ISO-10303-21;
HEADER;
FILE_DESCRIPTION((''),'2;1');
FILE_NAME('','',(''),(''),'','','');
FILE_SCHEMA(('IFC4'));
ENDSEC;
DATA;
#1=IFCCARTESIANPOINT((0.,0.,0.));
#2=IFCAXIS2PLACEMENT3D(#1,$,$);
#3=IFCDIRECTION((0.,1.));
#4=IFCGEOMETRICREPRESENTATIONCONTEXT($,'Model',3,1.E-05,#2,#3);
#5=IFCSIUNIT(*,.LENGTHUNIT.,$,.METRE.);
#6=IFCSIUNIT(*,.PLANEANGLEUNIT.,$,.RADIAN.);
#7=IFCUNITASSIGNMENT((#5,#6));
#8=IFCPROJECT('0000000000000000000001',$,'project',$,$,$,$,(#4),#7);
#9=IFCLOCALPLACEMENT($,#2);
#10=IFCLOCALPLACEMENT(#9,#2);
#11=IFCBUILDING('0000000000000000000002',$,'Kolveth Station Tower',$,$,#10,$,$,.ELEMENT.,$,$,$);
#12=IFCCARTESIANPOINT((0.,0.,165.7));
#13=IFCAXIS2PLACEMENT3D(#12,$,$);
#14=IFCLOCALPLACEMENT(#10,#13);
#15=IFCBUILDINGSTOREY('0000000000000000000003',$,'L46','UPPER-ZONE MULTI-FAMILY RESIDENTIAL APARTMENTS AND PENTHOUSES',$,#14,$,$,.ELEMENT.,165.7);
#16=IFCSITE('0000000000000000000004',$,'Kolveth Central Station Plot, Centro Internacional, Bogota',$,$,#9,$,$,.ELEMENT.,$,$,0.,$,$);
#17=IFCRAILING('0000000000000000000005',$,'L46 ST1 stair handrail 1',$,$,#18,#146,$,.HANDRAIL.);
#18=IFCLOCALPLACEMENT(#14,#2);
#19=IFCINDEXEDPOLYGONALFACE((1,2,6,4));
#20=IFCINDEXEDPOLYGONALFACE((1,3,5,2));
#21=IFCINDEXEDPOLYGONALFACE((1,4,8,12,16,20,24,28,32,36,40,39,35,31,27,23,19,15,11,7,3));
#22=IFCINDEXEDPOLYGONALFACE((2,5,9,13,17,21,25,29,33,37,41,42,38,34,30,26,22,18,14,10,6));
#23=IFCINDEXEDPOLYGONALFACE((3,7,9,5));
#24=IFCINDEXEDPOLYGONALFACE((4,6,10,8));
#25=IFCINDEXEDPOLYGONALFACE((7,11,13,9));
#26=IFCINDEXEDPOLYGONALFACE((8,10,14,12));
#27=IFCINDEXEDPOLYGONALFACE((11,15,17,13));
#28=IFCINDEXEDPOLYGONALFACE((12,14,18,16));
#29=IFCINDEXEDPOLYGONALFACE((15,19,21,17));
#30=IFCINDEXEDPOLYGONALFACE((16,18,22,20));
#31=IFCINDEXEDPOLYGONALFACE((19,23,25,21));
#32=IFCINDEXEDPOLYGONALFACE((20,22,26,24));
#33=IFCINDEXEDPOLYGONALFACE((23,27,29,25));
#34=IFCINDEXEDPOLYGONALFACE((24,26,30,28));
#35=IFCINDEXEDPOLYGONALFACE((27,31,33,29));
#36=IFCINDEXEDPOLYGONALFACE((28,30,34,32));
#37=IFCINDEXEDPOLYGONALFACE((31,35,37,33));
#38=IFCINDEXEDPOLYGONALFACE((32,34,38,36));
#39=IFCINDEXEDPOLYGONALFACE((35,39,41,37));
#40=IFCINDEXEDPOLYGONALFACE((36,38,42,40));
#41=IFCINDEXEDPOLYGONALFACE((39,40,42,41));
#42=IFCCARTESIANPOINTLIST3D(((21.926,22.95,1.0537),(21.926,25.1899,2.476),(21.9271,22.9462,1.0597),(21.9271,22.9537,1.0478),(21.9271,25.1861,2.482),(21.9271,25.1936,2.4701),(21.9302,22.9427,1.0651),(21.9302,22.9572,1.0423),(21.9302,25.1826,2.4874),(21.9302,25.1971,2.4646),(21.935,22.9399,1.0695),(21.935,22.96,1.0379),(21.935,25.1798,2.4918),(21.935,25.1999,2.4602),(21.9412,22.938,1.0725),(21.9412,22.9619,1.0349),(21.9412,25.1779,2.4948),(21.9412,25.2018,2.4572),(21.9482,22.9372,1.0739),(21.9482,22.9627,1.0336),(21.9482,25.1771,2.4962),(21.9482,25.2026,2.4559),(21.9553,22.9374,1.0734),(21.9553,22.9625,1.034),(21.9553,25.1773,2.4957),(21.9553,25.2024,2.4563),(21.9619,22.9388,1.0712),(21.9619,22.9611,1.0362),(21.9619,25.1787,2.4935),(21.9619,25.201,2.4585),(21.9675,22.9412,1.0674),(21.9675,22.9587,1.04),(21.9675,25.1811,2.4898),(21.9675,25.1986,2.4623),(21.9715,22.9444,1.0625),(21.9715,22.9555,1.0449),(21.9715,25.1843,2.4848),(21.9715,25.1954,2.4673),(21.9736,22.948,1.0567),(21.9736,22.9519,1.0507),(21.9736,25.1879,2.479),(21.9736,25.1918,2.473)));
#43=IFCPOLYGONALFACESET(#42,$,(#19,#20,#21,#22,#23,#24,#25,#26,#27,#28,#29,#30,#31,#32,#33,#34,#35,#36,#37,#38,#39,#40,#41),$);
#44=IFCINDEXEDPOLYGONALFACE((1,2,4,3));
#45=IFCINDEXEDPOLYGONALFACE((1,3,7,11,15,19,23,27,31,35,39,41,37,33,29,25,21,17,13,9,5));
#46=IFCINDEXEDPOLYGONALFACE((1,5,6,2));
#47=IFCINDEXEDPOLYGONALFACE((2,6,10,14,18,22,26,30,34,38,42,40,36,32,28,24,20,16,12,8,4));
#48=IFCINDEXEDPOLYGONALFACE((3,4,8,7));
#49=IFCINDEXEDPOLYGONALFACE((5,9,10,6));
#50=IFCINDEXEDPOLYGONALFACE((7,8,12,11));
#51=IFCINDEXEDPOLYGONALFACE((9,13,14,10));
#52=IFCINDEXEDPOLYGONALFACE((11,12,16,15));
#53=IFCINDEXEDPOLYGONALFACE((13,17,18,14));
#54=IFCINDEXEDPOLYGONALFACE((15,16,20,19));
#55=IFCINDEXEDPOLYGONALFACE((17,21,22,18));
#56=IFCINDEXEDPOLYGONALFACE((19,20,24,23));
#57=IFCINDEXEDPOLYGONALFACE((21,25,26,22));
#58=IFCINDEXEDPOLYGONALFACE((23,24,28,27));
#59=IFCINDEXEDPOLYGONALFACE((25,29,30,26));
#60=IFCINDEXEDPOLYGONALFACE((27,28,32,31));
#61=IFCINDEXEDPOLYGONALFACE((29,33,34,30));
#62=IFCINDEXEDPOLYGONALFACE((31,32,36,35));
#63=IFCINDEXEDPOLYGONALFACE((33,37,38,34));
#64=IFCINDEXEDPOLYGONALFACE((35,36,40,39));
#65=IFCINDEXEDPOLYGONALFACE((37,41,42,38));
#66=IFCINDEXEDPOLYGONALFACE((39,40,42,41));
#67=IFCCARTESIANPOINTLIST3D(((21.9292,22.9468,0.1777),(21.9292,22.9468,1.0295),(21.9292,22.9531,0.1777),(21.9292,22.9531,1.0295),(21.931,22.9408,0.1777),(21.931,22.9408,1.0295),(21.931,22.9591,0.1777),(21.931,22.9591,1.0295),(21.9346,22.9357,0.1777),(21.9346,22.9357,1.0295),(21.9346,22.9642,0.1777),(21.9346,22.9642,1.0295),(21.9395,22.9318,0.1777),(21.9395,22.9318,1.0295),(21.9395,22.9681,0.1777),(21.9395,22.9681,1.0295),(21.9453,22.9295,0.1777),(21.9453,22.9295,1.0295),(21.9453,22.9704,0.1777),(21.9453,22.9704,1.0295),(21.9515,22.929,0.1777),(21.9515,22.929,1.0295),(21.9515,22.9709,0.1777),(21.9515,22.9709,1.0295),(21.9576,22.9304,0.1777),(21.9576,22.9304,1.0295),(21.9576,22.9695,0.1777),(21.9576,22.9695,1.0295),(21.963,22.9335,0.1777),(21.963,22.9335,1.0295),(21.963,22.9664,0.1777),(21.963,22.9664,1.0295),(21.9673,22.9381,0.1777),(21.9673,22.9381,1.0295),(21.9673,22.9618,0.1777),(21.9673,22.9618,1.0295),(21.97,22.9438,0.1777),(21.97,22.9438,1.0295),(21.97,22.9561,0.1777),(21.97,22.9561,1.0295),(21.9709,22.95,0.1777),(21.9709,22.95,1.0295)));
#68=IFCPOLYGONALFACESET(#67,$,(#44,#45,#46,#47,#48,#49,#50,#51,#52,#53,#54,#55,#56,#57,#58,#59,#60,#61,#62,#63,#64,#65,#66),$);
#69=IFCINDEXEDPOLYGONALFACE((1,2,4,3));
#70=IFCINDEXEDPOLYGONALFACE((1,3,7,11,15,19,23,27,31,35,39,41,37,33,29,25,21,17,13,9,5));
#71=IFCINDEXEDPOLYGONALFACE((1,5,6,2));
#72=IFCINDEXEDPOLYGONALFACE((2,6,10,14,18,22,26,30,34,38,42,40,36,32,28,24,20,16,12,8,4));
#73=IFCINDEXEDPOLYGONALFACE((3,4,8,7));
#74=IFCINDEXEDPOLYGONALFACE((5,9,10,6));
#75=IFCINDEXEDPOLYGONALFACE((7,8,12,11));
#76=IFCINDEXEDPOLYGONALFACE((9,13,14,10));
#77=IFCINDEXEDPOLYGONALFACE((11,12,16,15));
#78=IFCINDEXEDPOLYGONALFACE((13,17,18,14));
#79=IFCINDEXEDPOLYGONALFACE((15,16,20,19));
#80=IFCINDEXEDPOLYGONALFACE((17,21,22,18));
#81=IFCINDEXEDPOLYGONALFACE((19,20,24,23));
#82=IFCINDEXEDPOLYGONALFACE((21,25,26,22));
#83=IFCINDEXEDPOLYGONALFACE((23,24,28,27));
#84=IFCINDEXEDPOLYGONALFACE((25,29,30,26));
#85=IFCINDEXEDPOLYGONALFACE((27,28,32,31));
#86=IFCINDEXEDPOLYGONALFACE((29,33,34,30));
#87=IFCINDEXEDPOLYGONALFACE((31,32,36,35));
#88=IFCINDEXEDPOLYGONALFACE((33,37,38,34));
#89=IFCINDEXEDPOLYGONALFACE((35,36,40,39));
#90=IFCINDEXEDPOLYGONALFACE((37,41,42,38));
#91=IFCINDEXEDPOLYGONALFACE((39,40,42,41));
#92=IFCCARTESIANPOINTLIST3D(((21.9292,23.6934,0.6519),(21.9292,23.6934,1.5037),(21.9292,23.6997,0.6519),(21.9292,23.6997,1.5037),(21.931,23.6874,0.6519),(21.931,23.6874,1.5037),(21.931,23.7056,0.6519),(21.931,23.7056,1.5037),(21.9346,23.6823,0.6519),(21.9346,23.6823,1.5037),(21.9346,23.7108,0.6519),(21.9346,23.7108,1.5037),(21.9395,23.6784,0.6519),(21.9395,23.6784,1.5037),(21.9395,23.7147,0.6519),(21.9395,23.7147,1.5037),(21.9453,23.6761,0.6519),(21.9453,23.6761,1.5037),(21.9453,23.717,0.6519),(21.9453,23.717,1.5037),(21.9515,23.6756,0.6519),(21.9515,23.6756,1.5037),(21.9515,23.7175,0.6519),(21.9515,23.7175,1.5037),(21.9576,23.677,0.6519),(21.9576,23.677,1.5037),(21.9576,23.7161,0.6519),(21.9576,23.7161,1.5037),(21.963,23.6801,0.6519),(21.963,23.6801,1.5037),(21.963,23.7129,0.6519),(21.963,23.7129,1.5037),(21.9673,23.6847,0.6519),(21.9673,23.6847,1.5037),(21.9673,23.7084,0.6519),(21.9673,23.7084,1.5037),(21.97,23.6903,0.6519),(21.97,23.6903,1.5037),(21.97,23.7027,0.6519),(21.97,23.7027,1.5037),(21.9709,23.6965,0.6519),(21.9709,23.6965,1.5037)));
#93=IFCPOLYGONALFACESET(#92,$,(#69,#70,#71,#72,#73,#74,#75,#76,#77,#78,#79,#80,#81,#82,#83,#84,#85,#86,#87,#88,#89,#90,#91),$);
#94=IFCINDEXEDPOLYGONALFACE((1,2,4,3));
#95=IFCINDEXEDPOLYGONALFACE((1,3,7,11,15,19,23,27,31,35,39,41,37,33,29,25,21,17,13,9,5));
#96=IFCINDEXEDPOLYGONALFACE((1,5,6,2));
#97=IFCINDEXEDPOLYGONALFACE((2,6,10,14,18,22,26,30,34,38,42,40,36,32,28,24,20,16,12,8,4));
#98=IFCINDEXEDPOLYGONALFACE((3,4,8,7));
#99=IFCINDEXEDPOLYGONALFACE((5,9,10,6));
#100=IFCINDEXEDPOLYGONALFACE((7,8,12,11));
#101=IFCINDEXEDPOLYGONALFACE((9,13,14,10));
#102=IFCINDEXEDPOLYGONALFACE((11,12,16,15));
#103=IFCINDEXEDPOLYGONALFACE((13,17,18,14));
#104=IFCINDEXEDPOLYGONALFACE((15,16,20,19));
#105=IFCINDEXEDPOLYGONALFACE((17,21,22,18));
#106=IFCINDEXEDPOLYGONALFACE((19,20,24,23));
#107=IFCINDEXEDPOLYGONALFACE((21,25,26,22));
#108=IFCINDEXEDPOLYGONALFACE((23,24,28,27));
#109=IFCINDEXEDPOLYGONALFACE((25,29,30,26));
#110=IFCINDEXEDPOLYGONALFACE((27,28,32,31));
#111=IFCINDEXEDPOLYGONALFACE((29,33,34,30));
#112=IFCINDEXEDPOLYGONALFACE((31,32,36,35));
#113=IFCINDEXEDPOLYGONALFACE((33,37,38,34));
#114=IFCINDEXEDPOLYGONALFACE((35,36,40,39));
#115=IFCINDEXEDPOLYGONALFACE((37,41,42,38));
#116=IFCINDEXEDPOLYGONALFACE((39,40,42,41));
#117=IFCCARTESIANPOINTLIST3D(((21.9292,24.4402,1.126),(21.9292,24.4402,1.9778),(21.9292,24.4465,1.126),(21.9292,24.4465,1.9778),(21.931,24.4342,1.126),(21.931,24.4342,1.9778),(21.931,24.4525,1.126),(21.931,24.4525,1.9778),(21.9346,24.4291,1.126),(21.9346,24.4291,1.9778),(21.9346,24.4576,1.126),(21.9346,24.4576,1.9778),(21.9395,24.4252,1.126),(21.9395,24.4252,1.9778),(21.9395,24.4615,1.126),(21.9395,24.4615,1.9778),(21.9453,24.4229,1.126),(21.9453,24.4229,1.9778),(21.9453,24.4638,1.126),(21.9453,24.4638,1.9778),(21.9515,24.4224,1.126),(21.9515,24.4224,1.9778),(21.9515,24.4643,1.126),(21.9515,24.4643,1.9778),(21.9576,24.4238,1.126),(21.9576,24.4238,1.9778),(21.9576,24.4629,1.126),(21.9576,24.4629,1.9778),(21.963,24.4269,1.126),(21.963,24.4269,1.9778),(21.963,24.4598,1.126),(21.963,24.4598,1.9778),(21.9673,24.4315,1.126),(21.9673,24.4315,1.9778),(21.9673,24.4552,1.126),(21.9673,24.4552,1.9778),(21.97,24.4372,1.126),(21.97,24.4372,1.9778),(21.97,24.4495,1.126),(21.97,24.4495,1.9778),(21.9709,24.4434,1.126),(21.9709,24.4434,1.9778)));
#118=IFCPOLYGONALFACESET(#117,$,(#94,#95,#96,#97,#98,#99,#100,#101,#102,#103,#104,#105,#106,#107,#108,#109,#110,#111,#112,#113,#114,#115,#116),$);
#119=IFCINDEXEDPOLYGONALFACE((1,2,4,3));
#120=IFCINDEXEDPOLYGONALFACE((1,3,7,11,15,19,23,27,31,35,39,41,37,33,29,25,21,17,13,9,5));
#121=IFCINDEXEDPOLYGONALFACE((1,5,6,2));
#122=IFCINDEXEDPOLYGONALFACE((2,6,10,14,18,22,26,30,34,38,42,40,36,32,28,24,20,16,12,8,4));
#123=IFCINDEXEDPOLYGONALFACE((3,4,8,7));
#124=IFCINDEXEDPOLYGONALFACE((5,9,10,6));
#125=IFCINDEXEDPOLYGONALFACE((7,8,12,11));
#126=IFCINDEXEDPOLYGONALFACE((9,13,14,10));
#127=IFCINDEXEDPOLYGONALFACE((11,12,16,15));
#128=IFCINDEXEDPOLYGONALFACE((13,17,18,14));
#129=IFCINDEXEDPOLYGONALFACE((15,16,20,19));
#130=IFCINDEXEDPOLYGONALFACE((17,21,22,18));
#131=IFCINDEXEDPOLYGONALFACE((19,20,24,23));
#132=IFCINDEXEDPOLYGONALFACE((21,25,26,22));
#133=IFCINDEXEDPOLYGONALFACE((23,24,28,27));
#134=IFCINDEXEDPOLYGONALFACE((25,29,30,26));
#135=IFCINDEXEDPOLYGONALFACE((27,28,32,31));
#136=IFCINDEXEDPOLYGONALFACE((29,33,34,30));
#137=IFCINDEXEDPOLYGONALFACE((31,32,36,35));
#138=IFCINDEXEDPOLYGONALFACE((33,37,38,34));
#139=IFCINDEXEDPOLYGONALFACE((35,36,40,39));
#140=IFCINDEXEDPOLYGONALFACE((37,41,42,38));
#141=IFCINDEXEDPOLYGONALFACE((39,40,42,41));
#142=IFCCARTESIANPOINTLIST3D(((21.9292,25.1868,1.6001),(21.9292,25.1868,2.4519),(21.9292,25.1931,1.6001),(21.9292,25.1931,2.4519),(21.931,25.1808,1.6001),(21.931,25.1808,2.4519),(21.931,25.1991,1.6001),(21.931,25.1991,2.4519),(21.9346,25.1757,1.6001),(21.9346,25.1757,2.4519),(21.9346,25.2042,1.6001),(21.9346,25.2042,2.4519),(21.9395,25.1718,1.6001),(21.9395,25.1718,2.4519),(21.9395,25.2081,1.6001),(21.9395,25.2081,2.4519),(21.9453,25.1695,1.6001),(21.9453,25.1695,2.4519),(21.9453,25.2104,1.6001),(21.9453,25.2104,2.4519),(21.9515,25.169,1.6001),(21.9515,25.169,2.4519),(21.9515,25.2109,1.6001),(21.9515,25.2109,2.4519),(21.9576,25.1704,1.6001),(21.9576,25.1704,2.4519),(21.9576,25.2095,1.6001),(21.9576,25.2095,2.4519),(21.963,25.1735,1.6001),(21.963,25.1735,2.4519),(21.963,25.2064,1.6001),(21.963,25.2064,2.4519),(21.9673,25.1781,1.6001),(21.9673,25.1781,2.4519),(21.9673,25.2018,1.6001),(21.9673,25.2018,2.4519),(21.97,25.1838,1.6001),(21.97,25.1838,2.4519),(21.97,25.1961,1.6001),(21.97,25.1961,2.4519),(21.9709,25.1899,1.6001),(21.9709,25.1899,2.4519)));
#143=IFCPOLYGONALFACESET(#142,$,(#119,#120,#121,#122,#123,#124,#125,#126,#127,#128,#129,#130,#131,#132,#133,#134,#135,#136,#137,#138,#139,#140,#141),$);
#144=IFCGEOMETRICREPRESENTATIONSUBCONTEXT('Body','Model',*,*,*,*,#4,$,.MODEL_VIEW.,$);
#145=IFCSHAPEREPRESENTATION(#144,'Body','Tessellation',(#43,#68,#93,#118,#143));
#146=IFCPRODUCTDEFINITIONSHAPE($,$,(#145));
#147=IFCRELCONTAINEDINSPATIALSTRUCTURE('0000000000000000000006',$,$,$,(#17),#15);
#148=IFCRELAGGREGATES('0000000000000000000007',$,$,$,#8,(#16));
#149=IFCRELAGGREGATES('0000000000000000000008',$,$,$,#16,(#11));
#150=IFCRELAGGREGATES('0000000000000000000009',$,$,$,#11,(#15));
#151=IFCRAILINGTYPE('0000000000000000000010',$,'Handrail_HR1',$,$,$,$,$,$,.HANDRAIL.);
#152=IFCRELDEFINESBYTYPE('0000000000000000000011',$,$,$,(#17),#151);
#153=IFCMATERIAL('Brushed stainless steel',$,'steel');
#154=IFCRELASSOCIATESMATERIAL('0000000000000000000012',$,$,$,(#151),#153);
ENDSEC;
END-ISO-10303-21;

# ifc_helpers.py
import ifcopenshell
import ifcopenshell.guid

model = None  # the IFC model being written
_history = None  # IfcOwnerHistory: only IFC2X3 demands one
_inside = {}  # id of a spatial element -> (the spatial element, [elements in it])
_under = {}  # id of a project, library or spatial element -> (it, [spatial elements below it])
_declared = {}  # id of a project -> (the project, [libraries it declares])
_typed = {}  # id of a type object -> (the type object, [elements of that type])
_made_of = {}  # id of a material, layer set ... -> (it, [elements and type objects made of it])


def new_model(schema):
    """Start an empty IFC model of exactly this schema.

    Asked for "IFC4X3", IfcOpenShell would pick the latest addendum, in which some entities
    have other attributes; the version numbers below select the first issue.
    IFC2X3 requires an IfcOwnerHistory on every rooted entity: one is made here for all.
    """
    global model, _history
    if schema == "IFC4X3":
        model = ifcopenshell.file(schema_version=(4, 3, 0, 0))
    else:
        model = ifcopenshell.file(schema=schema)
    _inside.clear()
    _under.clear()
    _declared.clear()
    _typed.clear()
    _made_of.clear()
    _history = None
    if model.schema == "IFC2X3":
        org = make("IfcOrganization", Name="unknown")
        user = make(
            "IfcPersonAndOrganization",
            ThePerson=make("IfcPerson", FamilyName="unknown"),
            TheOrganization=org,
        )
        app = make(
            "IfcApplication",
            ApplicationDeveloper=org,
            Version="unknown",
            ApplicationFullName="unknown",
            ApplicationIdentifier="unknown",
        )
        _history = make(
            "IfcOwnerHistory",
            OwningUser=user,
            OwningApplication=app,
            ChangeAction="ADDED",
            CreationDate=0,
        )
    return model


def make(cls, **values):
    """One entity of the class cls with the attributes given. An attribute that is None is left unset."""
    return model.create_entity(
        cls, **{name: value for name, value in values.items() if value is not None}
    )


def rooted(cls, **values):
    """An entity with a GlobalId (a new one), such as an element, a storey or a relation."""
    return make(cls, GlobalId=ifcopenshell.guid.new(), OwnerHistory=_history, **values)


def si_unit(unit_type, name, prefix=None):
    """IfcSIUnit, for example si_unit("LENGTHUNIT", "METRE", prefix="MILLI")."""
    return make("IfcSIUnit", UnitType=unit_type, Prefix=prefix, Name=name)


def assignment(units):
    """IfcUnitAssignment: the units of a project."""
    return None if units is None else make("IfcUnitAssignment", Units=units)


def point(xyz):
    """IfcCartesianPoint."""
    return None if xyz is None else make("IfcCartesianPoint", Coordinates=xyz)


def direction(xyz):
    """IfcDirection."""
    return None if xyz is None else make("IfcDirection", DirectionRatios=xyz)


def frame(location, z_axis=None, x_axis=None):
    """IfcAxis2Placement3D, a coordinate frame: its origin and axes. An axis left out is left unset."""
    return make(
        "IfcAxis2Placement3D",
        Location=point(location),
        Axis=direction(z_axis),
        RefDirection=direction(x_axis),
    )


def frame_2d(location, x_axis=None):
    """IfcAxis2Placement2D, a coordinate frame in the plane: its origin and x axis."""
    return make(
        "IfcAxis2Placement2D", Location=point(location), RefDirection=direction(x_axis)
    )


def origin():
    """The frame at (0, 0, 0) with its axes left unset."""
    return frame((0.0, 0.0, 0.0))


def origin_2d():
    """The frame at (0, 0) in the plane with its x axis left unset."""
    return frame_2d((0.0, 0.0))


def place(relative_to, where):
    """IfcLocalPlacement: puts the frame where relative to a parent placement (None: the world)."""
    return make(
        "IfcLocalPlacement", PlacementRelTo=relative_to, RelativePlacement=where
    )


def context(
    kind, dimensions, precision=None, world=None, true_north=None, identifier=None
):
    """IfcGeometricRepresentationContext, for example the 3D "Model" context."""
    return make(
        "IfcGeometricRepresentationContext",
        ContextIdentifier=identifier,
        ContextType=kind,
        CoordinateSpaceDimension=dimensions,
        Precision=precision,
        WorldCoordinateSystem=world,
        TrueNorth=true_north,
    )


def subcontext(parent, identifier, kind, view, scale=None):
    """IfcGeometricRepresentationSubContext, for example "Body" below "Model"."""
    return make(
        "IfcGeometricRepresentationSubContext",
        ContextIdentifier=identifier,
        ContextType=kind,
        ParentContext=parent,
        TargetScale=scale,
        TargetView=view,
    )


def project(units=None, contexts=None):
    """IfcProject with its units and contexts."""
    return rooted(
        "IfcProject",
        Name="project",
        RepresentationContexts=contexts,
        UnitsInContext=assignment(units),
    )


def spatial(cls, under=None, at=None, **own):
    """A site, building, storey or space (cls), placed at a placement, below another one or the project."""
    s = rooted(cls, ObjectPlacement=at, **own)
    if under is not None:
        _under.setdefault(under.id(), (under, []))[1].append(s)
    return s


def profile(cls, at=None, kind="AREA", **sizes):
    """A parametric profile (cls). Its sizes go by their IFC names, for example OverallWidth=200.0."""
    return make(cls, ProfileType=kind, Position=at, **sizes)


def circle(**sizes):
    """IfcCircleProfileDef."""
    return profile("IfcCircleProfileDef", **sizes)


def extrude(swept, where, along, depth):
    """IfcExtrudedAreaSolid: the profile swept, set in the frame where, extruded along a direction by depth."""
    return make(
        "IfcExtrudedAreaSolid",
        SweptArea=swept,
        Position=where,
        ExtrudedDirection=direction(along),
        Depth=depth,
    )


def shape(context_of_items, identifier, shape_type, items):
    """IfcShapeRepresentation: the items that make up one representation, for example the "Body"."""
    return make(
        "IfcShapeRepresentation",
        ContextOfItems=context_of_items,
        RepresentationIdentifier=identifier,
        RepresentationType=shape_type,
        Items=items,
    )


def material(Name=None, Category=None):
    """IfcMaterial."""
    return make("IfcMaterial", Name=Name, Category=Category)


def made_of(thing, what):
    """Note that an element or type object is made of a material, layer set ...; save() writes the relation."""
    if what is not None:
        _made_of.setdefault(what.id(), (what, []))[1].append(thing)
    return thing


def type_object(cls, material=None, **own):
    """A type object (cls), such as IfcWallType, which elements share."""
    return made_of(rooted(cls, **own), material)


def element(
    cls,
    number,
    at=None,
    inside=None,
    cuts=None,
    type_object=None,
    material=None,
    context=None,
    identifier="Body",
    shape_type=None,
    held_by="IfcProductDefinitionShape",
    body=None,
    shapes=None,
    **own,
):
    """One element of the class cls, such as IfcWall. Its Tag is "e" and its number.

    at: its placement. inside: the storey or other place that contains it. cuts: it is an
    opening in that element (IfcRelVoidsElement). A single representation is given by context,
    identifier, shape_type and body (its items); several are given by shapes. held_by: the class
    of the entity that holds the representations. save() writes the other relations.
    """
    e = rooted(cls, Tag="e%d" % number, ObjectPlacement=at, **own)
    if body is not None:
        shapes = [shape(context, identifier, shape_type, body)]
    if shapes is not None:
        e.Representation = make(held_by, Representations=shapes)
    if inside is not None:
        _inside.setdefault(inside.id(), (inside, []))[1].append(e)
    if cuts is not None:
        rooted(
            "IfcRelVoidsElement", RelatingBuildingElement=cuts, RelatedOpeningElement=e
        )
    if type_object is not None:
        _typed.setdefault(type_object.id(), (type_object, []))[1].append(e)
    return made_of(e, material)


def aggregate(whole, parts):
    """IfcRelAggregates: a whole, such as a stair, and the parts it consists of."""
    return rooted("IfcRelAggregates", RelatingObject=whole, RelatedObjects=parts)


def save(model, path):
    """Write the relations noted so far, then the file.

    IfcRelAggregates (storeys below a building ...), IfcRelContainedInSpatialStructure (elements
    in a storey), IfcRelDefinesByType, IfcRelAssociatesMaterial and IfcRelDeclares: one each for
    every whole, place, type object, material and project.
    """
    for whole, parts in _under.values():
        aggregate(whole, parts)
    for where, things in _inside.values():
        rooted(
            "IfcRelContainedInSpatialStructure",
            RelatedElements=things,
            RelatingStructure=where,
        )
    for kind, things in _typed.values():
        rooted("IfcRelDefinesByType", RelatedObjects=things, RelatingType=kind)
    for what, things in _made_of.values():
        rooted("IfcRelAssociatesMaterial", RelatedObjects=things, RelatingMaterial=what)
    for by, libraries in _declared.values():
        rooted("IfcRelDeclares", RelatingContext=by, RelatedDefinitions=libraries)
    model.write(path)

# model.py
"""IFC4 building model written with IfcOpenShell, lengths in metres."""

from ifc_helpers import new_model, si_unit, direction, frame, origin, origin_2d, place, context, subcontext, project, spatial, circle, extrude, material, type_object, element, save


model = new_model("IFC4")

# Units and contexts
model_context = context("Model", 3, precision=1e-05, world=origin(), true_north=direction((0.0, 1.0)))
body_context = subcontext(model_context, "Body", "Model", "MODEL_VIEW")
ifc_project = project(units=[si_unit("LENGTHUNIT", "METRE"), si_unit("PLANEANGLEUNIT", "RADIAN")], contexts=[model_context])

# Site, building, storey
site_placement = place(None, origin())
site = spatial("IfcSite", under=ifc_project, at=site_placement, Name="Kolveth Central Station Plot, Centro Internacional, Bogota", CompositionType="ELEMENT", RefElevation=0.0)
building_placement = place(site_placement, origin())
building = spatial("IfcBuilding", under=site, at=building_placement, Name="Kolveth Station Tower", CompositionType="ELEMENT")
storey_placement = place(building_placement, frame((0.0, 0.0, 165.7)))
storey = spatial("IfcBuildingStorey", under=building, at=storey_placement, Name="L46", Description="UPPER-ZONE MULTI-FAMILY RESIDENTIAL APARTMENTS AND PENTHOUSES", CompositionType="ELEMENT", Elevation=165.7)

# Railing
ifc_material_1 = material(Name="Brushed stainless steel", Category="steel")
railing_type_1 = type_object("IfcRailingType", Name="Handrail_HR1", PredefinedType="HANDRAIL", material=ifc_material_1)
for number, where, name in (
    (1, (21.95, 22.95, 0.1777), "L46 ST1 stair handrail 1"),
):
    element("IfcRailing", number, at=place(storey_placement, frame(where)), inside=storey, type_object=railing_type_1, Name=name, PredefinedType="HANDRAIL", context=body_context, shape_type="SweptSolid", body=[
        extrude(circle(Radius=0.0239, at=origin_2d()), frame((0.0, 0.0, 0.876), z_axis=(0.0, 0.844188, 0.536048), x_axis=(-1.0, 0.0, 0.0)), (0.0, 0.0, 1.0), 2.6533),
        extrude(circle(Radius=0.021, at=origin_2d()), origin(), (0.0, 0.0, 1.0), 0.8518),
        extrude(circle(Radius=0.021, at=origin_2d()), frame((0.0, 0.7466, 0.4741)), (0.0, 0.0, 1.0), 0.8518),
        extrude(circle(Radius=0.021, at=origin_2d()), frame((0.0, 1.4934, 0.9482)), (0.0, 0.0, 1.0), 0.8518),
        extrude(circle(Radius=0.021, at=origin_2d()), frame((0.0, 2.24, 1.4224)), (0.0, 0.0, 1.0), 0.8518),
    ])

save(model, "model.ifc")
